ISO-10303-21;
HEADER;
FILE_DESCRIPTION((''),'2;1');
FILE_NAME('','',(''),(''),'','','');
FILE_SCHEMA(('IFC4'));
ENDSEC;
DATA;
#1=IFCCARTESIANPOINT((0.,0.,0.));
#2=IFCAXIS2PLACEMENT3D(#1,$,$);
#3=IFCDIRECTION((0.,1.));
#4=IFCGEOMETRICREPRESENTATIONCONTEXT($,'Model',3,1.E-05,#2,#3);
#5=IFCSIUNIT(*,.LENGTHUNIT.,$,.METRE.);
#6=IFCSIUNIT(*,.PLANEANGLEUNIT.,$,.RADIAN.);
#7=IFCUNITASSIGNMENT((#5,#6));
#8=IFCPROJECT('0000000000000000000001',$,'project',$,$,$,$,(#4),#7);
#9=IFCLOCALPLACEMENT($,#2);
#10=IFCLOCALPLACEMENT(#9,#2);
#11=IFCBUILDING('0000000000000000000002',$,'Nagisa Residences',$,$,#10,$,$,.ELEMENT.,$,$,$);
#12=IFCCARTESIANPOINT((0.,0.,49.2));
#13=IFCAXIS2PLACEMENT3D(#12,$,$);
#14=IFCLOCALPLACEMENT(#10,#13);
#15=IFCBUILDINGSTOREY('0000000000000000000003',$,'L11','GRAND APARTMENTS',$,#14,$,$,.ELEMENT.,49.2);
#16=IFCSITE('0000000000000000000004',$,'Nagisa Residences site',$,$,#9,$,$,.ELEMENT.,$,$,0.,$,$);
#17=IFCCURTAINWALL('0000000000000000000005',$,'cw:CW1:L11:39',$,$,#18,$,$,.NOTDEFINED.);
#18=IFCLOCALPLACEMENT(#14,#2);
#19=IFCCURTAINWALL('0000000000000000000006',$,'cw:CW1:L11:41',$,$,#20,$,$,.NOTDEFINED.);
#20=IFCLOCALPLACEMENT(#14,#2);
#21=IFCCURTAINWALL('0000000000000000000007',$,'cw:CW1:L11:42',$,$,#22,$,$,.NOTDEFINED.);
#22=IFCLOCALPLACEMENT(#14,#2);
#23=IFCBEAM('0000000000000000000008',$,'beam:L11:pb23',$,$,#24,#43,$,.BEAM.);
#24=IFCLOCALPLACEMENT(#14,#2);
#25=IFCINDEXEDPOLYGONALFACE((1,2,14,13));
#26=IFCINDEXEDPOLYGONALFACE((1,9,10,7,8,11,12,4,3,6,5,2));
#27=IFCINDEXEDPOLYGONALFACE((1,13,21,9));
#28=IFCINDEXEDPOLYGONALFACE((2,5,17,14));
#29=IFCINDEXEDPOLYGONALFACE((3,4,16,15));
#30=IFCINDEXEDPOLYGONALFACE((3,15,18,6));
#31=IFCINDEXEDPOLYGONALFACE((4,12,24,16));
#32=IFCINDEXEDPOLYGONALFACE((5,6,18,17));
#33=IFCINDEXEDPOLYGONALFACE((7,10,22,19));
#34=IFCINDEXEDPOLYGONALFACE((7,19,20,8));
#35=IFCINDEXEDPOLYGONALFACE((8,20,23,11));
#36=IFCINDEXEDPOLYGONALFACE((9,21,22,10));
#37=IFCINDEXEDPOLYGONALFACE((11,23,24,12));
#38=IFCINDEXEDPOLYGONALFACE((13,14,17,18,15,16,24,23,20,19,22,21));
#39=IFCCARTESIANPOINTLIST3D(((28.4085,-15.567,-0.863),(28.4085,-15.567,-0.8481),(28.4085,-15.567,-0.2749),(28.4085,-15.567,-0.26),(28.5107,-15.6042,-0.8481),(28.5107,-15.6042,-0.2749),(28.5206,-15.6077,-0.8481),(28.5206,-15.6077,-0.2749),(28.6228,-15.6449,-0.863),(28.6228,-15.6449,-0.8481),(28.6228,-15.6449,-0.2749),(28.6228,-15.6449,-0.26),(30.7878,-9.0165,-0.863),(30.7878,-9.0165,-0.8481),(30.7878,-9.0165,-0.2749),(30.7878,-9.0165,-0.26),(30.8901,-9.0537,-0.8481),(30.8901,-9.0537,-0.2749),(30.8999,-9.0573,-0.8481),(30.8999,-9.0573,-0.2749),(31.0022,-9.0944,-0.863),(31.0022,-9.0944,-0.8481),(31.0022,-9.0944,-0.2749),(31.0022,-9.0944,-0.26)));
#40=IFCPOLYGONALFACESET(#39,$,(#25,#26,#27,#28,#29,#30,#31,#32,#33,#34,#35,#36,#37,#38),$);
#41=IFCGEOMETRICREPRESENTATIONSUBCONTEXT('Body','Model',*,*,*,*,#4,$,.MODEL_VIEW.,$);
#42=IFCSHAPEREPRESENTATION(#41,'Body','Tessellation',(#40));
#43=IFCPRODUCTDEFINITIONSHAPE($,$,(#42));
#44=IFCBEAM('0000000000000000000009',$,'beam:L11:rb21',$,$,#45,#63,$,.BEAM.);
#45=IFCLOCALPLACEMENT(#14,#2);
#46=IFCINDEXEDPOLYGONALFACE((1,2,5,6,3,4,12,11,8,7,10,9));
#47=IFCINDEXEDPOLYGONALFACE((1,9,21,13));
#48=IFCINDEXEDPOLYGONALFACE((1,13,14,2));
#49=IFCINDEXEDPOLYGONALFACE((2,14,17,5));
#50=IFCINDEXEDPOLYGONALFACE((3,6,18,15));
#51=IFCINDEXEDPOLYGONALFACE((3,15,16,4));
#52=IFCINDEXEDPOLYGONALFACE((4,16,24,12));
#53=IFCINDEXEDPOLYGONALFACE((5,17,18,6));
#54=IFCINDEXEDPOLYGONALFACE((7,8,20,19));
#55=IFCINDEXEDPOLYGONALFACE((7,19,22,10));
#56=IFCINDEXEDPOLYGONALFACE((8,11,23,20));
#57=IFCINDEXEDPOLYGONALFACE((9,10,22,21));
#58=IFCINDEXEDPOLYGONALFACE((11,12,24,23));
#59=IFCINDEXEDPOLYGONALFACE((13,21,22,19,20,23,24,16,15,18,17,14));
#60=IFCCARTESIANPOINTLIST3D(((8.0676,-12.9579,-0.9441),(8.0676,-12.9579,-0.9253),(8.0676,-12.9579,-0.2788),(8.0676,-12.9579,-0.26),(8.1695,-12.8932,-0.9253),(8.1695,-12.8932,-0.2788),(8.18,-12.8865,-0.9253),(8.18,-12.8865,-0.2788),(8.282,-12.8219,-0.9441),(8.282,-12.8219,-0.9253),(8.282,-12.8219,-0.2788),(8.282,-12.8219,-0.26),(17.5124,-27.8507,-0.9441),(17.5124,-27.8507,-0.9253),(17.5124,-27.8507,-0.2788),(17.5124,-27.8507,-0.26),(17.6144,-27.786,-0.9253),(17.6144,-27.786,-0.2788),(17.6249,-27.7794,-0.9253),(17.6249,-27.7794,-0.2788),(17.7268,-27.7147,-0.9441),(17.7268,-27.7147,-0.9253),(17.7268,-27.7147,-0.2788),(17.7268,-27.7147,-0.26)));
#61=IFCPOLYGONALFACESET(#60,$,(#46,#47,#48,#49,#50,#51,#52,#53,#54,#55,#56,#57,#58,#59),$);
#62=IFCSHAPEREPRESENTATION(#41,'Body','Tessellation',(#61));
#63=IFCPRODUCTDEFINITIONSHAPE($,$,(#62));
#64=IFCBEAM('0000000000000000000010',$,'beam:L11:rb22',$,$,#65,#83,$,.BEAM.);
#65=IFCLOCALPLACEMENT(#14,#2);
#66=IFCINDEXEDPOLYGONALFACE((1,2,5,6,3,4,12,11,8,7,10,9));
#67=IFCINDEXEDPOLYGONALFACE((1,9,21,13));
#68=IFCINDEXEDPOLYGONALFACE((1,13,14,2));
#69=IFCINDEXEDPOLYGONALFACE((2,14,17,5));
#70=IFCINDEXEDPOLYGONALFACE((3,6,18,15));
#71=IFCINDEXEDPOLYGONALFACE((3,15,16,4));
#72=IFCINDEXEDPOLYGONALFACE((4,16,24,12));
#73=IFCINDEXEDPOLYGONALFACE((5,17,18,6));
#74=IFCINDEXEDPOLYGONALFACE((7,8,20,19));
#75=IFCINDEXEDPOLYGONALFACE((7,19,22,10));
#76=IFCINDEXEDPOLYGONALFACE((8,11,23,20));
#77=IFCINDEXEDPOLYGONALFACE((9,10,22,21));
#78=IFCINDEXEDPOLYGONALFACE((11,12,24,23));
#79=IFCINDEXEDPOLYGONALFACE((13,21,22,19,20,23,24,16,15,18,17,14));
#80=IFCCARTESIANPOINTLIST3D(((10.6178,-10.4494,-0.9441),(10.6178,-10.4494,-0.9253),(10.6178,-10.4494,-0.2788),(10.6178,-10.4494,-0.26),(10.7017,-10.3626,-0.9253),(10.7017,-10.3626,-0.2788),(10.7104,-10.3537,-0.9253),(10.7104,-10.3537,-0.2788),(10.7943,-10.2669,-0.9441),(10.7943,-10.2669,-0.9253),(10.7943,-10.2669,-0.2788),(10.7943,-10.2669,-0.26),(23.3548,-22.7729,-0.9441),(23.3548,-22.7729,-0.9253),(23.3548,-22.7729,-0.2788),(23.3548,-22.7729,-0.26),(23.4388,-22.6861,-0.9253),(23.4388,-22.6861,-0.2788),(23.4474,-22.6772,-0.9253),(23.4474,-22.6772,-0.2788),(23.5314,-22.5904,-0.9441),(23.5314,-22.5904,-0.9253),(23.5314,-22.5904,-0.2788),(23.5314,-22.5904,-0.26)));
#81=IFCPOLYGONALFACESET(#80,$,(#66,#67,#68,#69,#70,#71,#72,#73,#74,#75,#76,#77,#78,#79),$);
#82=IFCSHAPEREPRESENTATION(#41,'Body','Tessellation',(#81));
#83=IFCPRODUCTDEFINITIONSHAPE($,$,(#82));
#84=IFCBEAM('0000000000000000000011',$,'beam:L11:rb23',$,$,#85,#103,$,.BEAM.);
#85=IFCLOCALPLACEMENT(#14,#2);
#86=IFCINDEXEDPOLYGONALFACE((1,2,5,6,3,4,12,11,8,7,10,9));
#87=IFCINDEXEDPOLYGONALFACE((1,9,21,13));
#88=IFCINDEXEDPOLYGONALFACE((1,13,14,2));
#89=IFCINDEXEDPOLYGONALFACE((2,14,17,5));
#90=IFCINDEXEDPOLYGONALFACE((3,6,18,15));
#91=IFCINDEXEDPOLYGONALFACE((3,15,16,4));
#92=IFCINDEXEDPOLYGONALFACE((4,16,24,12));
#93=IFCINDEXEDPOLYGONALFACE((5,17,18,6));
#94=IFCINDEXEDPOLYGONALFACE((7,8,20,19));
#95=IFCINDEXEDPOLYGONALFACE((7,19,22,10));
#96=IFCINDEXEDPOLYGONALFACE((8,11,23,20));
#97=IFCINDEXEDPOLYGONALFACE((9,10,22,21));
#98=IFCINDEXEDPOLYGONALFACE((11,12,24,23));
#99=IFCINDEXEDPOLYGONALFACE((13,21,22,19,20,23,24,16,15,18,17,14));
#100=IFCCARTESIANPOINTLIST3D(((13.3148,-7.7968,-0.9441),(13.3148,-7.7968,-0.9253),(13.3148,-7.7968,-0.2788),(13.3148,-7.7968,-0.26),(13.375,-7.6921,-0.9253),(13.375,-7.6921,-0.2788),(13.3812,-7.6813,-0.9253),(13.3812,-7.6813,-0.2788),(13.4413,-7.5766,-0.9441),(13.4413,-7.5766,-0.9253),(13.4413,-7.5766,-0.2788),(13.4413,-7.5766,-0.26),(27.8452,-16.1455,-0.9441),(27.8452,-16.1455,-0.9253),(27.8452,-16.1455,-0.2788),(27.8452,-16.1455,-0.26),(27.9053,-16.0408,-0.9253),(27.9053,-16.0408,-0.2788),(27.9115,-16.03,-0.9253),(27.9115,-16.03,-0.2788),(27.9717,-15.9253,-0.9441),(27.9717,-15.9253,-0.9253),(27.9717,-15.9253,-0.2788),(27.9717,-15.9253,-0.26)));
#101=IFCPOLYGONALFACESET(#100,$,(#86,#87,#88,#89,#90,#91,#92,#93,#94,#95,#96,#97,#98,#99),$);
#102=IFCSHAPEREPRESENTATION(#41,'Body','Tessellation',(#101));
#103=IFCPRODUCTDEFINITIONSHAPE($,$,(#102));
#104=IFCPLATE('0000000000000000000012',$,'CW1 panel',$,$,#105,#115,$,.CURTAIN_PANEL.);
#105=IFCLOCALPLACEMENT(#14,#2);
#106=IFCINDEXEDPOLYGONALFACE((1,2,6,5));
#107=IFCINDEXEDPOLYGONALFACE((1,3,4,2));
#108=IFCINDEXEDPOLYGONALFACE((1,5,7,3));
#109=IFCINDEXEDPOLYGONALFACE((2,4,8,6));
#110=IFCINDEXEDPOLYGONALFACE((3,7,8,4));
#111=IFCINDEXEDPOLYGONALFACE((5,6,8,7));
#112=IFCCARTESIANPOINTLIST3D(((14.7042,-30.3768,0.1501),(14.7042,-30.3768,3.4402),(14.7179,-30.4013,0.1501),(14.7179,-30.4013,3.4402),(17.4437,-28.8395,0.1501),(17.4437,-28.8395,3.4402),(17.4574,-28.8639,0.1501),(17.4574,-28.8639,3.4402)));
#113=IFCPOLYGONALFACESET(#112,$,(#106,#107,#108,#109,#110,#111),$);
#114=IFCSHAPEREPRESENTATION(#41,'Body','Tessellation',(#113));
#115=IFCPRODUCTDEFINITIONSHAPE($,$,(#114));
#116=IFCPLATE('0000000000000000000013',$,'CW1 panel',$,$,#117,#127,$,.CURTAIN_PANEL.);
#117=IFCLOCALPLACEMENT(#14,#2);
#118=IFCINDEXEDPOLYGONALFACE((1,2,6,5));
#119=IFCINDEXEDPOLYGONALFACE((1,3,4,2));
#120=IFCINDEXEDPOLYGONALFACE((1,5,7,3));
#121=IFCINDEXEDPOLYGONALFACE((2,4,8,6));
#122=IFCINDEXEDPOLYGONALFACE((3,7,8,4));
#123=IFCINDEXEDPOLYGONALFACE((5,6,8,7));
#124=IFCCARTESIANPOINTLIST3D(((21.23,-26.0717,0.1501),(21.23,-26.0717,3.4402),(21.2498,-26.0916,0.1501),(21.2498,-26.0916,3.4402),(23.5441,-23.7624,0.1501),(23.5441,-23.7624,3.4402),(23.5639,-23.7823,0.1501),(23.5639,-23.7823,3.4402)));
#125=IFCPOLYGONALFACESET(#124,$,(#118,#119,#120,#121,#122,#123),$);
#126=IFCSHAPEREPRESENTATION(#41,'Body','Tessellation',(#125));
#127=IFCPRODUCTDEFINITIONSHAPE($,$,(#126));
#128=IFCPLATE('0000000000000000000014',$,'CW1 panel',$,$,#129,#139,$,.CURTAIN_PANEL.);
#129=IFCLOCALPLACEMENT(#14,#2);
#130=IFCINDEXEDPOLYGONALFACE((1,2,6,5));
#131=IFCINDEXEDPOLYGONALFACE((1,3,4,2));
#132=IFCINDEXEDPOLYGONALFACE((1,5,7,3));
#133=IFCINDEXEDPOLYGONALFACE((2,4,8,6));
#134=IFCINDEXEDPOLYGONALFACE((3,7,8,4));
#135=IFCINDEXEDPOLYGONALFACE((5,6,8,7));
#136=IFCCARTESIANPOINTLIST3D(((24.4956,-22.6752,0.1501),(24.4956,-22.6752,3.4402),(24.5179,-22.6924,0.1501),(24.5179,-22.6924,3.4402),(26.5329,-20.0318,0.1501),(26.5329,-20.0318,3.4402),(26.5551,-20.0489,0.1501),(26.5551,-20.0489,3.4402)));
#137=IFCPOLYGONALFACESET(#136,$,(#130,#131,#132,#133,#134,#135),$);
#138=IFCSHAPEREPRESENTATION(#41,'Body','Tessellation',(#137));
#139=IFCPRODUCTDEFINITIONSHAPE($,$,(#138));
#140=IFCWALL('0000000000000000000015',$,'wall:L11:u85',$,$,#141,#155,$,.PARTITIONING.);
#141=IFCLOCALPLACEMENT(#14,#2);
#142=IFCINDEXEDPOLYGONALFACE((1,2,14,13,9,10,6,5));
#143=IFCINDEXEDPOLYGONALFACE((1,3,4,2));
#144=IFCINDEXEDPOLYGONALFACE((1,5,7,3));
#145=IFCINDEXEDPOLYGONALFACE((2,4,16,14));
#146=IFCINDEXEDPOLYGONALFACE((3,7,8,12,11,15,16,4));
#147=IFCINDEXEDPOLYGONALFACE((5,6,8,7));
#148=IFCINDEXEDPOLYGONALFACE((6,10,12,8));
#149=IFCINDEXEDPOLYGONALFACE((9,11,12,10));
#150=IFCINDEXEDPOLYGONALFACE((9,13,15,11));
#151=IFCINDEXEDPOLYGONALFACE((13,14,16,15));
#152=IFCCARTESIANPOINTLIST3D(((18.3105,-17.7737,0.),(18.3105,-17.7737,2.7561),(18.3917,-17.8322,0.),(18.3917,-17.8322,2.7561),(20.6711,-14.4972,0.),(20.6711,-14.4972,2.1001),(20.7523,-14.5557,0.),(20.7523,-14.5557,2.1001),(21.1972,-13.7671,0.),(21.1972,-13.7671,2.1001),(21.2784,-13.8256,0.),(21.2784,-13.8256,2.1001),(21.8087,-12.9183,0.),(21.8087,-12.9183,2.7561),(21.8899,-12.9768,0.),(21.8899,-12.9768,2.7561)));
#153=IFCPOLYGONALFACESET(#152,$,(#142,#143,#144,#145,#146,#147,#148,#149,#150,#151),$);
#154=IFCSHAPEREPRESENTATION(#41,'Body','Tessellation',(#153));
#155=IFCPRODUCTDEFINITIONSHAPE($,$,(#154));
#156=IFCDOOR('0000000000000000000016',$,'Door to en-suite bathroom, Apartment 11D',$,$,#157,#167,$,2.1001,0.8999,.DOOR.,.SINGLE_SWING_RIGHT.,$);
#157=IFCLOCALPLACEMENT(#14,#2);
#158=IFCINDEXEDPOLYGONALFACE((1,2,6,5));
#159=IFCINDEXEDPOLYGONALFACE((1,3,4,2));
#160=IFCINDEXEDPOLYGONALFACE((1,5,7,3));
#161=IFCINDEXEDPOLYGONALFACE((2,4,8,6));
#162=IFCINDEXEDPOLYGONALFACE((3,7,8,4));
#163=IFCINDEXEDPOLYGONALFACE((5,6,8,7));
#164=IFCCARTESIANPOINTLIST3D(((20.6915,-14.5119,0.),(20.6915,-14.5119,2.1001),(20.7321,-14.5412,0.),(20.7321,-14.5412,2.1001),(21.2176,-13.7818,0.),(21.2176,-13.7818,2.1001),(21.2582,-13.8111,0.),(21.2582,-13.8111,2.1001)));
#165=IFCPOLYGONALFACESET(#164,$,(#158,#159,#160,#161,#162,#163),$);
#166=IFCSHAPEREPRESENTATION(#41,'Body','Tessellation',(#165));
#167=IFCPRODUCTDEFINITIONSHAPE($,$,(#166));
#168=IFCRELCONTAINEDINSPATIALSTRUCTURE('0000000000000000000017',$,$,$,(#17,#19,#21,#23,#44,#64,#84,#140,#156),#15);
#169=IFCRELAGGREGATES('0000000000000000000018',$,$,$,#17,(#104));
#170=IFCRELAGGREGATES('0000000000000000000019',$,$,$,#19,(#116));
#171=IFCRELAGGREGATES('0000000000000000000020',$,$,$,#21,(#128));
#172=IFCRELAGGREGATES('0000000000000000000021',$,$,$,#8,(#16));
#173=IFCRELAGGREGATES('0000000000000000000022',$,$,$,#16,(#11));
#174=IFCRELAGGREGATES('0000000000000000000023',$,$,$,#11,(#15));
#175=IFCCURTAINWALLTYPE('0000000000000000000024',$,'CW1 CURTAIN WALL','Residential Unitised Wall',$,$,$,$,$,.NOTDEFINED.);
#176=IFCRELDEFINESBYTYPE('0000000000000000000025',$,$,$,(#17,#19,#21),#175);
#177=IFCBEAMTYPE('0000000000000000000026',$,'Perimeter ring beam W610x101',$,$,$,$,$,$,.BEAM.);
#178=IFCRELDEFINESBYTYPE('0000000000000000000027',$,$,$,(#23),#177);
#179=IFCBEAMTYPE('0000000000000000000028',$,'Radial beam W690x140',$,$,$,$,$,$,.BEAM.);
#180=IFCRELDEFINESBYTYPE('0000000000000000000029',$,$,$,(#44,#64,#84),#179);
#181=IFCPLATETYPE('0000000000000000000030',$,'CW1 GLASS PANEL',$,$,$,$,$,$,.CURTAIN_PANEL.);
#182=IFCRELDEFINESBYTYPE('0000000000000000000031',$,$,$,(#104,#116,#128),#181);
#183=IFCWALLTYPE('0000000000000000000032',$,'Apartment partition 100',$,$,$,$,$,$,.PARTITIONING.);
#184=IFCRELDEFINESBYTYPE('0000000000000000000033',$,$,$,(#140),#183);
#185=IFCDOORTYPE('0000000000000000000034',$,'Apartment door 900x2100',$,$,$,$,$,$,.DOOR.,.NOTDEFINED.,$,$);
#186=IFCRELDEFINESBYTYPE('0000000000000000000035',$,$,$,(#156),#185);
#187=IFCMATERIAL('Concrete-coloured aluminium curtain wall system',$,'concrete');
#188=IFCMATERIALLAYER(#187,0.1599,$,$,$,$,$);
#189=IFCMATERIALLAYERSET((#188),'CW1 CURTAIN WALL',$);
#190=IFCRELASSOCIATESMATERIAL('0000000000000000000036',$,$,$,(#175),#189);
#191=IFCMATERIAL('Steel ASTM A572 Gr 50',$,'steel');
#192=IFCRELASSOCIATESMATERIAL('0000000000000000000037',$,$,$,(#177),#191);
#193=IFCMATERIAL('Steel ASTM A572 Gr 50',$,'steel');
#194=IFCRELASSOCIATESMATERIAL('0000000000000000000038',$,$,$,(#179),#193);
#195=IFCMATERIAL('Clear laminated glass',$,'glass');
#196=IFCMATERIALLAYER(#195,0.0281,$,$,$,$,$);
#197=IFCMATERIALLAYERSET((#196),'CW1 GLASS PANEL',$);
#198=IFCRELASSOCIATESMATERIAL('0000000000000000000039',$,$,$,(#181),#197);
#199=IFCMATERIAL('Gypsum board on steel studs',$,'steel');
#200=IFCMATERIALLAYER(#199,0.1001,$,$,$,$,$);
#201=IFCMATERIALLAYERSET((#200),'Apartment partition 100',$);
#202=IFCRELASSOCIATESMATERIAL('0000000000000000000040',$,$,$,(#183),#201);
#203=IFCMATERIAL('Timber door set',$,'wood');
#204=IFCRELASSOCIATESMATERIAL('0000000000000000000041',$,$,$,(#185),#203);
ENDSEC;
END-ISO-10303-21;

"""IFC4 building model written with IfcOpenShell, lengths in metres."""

from ifc_helpers import new_model, si_unit, direction, frame, frame_2d, origin, origin_2d, place, context, subcontext, project, spatial, rectangle, i_section, extrude, material, layer, layer_set, material_profile, profile_set, type_object, element, fill, aggregate, save


model = new_model("IFC4")

# Units and contexts
model_context = context("Model", 3, precision=1e-05, world=origin(), true_north=direction((0.0, 1.0)))
body_context = subcontext(model_context, "Body", "Model", "MODEL_VIEW")
ifc_project = project(units=[si_unit("LENGTHUNIT", "METRE"), si_unit("PLANEANGLEUNIT", "RADIAN")], contexts=[model_context])

# Site, building, storey
site_placement = place(None, origin())
site = spatial("IfcSite", under=ifc_project, at=site_placement, Name="Nagisa Residences site", CompositionType="ELEMENT", RefElevation=0.0)
building_placement = place(site_placement, origin())
building = spatial("IfcBuilding", under=site, at=building_placement, Name="Nagisa Residences", CompositionType="ELEMENT")
storey_placement = place(building_placement, frame((0.0, 0.0, 49.2)))
storey = spatial("IfcBuildingStorey", under=building, at=storey_placement, Name="L11", Description="GRAND APARTMENTS", CompositionType="ELEMENT", Elevation=49.2)

# Curtain walls
ifc_material_1 = material(Name="Concrete-coloured aluminium curtain wall system", Category="concrete")
ifc_layer_1 = layer(ifc_material_1, 0.1599)
ifc_layer_set_1 = layer_set([ifc_layer_1], Name="CW1 CURTAIN WALL")
curtain_wall_type = type_object("IfcCurtainWallType", Name="CW1 CURTAIN WALL", Description="Residential Unitised Wall", PredefinedType="NOTDEFINED", material=ifc_layer_set_1)
curtain_wall_1_placement = place(storey_placement, origin())
curtain_wall_1 = element("IfcCurtainWall", 1, at=curtain_wall_1_placement, inside=storey, type_object=curtain_wall_type, Name="cw:CW1:L11:39", PredefinedType="NOTDEFINED")
curtain_wall_2_placement = place(storey_placement, origin())
curtain_wall_2 = element("IfcCurtainWall", 2, at=curtain_wall_2_placement, inside=storey, type_object=curtain_wall_type, Name="cw:CW1:L11:41", PredefinedType="NOTDEFINED")
curtain_wall_3_placement = place(storey_placement, origin())
curtain_wall_3 = element("IfcCurtainWall", 3, at=curtain_wall_3_placement, inside=storey, type_object=curtain_wall_type, Name="cw:CW1:L11:42", PredefinedType="NOTDEFINED")

# Beams
ifc_material_2 = material(Name="Steel ASTM A572 Gr 50", Category="steel")
ifc_material_profile_1 = material_profile(ifc_material_2, i_section(OverallWidth=0.228, OverallDepth=0.603, WebThickness=0.0105, FlangeThickness=0.0149, at=origin_2d()), Name="W610x101")
ifc_profile_set_1 = profile_set([ifc_material_profile_1], Name="Steel ASTM A572 Gr 50")
beam_type_1 = type_object("IfcBeamType", Name="Perimeter ring beam W610x101", PredefinedType="BEAM", material=ifc_profile_set_1)
beam_1_placement = place(storey_placement, frame((28.5156, -15.606, -0.5615), z_axis=(0.341411, 0.939914, 0.0), x_axis=(-0.939914, 0.341411, 0.0)))
element("IfcBeam", 4, at=beam_1_placement, inside=storey, type_object=beam_type_1, Name="beam:L11:pb23", PredefinedType="BEAM", context=body_context, shape_type="SweptSolid", body=[
    extrude(i_section(OverallWidth=0.228, OverallDepth=0.603, WebThickness=0.0105, FlangeThickness=0.0149, at=origin_2d()), origin(), (0.0, 0.0, 1.0), 6.9692),
])
ifc_material_3 = material(Name="Steel ASTM A572 Gr 50", Category="steel")
ifc_material_profile_2 = material_profile(ifc_material_3, i_section(OverallWidth=0.2539, OverallDepth=0.6841, WebThickness=0.0125, FlangeThickness=0.0188, at=origin_2d()), Name="W690x140")
ifc_profile_set_2 = profile_set([ifc_material_profile_2], Name="Steel ASTM A572 Gr 50")
beam_type_2 = type_object("IfcBeamType", Name="Radial beam W690x140", PredefinedType="BEAM", material=ifc_profile_set_2)
beam_2_placement = place(storey_placement, frame((17.6196, -27.7827, -0.6021), z_axis=(-0.535566, 0.844493, 0.0), x_axis=(-0.844493, -0.535566, 0.0)))
element("IfcBeam", 5, at=beam_2_placement, inside=storey, type_object=beam_type_2, Name="beam:L11:rb21", PredefinedType="BEAM", context=body_context, shape_type="SweptSolid", body=[
    extrude(i_section(OverallWidth=0.2539, OverallDepth=0.6841, WebThickness=0.0125, FlangeThickness=0.0188, at=origin_2d()), origin(), (0.0, 0.0, 1.0), 17.6353),
])
beam_3_placement = place(storey_placement, frame((23.4431, -22.6816, -0.6021), z_axis=(-0.718678, 0.695343, 0.0), x_axis=(-0.695343, -0.718678, 0.0)))
element("IfcBeam", 6, at=beam_3_placement, inside=storey, type_object=beam_type_2, Name="beam:L11:rb22", PredefinedType="BEAM", context=body_context, shape_type="SweptSolid", body=[
    extrude(i_section(OverallWidth=0.2539, OverallDepth=0.6841, WebThickness=0.0125, FlangeThickness=0.0188, at=origin_2d()), origin(), (0.0, 0.0, 1.0), 17.7229),
])
beam_4_placement = place(storey_placement, frame((27.9084, -16.0354, -0.6021), z_axis=(-0.867068, 0.49819, 0.0), x_axis=(-0.49819, -0.867068, 0.0)))
element("IfcBeam", 7, at=beam_4_placement, inside=storey, type_object=beam_type_2, Name="beam:L11:rb23", PredefinedType="BEAM", context=body_context, shape_type="SweptSolid", body=[
    extrude(i_section(OverallWidth=0.2539, OverallDepth=0.6841, WebThickness=0.0125, FlangeThickness=0.0188, at=origin_2d()), origin(), (0.0, 0.0, 1.0), 16.7581),
])

# Plates
ifc_material_4 = material(Name="Clear laminated glass", Category="glass")
ifc_layer_2 = layer(ifc_material_4, 0.0281)
ifc_layer_set_2 = layer_set([ifc_layer_2], Name="CW1 GLASS PANEL")
plate_type = type_object("IfcPlateType", Name="CW1 GLASS PANEL", PredefinedType="CURTAIN_PANEL", material=ifc_layer_set_2)
plate_1_placement = place(storey_placement, frame((16.0808, -29.6204, 0.1501), z_axis=(0.0, 0.0, 1.0), x_axis=(0.872072, 0.489377, 0.0)))
plate_1 = element("IfcPlate", 8, at=plate_1_placement, type_object=plate_type, Name="CW1 panel", PredefinedType="CURTAIN_PANEL", context=body_context, shape_type="SweptSolid", body=[
    extrude(rectangle(XDim=3.1414, YDim=0.0281, at=origin_2d()), origin(), (0.0, 0.0, 1.0), 3.29),
])
aggregate(curtain_wall_1, [plate_1])
plate_2_placement = place(storey_placement, frame((22.397, -24.927, 0.1501), z_axis=(0.0, 0.0, 1.0), x_axis=(0.707836, 0.706377, 0.0)))
plate_2 = element("IfcPlate", 9, at=plate_2_placement, type_object=plate_type, Name="CW1 panel", PredefinedType="CURTAIN_PANEL", context=body_context, shape_type="SweptSolid", body=[
    extrude(rectangle(XDim=3.2693, YDim=0.0281, at=origin_2d()), origin(), (0.0, 0.0, 1.0), 3.29),
])
aggregate(curtain_wall_2, [plate_2])
plate_3_placement = place(storey_placement, frame((25.5254, -21.3621, 0.1501), z_axis=(0.0, 0.0, 1.0), x_axis=(0.61043, 0.79207, 0.0)))
plate_3 = element("IfcPlate", 10, at=plate_3_placement, type_object=plate_type, Name="CW1 panel", PredefinedType="CURTAIN_PANEL", context=body_context, shape_type="SweptSolid", body=[
    extrude(rectangle(XDim=3.3374, YDim=0.0281, at=origin_2d()), origin(), (0.0, 0.0, 1.0), 3.29),
])
aggregate(curtain_wall_3, [plate_3])

# Wall, opening, door
ifc_material_5 = material(Name="Gypsum board on steel studs", Category="steel")
ifc_layer_3 = layer(ifc_material_5, 0.1001)
ifc_layer_set_3 = layer_set([ifc_layer_3], Name="Apartment partition 100")
wall_type_1 = type_object("IfcWallType", Name="Apartment partition 100", PredefinedType="PARTITIONING", material=ifc_layer_set_3)
wall_1_placement = place(storey_placement, frame((18.3511, -17.803, 0.0), z_axis=(0.0, 0.0, 1.0), x_axis=(0.584564, 0.811348, 0.0)))
wall_1 = element("IfcWall", 11, at=wall_1_placement, inside=storey, type_object=wall_type_1, Name="wall:L11:u85", PredefinedType="PARTITIONING", context=body_context, shape_type="SweptSolid", body=[
    extrude(rectangle(XDim=5.9844, YDim=0.1001, at=frame_2d((2.9922, 0.0))), origin(), (0.0, 0.0, 1.0), 2.7561),
])
opening_1_placement = place(wall_1_placement, frame((4.0383, 0.0, 0.0)))
opening_1 = element("IfcOpeningElement", 12, at=opening_1_placement, cuts=wall_1, PredefinedType="OPENING", context=body_context, shape_type="SweptSolid", body=[
    extrude(rectangle(XDim=0.8999, YDim=2.1001, at=frame_2d((0.45, 1.05))), frame((0.0, 0.0601, 0.0), z_axis=(0.0, -1.0, 0.0), x_axis=(1.0, 0.0, 0.0)), (0.0, 0.0, 1.0), 0.1201),
])
ifc_material_6 = material(Name="Timber door set", Category="wood")
door_type_1 = type_object("IfcDoorType", Name="Apartment door 900x2100", OperationType="NOTDEFINED", PredefinedType="DOOR", material=ifc_material_6)
door_1_placement = place(opening_1_placement, origin())
door_1 = element("IfcDoor", 13, at=door_1_placement, inside=storey, type_object=door_type_1, Name="Door to en-suite bathroom, Apartment 11D", OperationType="SINGLE_SWING_RIGHT", OverallHeight=2.1001, OverallWidth=0.8999, PredefinedType="DOOR", context=body_context, shape_type="SweptSolid", body=[
    extrude(rectangle(XDim=0.8999, YDim=2.1001, at=frame_2d((0.45, 1.05))), frame((0.0, 0.0249, 0.0), z_axis=(0.0, -1.0, 0.0), x_axis=(1.0, 0.0, 0.0)), (0.0, 0.0, 1.0), 0.05),
])
fill(opening_1, door_1)

save(model, "model.ifc")
